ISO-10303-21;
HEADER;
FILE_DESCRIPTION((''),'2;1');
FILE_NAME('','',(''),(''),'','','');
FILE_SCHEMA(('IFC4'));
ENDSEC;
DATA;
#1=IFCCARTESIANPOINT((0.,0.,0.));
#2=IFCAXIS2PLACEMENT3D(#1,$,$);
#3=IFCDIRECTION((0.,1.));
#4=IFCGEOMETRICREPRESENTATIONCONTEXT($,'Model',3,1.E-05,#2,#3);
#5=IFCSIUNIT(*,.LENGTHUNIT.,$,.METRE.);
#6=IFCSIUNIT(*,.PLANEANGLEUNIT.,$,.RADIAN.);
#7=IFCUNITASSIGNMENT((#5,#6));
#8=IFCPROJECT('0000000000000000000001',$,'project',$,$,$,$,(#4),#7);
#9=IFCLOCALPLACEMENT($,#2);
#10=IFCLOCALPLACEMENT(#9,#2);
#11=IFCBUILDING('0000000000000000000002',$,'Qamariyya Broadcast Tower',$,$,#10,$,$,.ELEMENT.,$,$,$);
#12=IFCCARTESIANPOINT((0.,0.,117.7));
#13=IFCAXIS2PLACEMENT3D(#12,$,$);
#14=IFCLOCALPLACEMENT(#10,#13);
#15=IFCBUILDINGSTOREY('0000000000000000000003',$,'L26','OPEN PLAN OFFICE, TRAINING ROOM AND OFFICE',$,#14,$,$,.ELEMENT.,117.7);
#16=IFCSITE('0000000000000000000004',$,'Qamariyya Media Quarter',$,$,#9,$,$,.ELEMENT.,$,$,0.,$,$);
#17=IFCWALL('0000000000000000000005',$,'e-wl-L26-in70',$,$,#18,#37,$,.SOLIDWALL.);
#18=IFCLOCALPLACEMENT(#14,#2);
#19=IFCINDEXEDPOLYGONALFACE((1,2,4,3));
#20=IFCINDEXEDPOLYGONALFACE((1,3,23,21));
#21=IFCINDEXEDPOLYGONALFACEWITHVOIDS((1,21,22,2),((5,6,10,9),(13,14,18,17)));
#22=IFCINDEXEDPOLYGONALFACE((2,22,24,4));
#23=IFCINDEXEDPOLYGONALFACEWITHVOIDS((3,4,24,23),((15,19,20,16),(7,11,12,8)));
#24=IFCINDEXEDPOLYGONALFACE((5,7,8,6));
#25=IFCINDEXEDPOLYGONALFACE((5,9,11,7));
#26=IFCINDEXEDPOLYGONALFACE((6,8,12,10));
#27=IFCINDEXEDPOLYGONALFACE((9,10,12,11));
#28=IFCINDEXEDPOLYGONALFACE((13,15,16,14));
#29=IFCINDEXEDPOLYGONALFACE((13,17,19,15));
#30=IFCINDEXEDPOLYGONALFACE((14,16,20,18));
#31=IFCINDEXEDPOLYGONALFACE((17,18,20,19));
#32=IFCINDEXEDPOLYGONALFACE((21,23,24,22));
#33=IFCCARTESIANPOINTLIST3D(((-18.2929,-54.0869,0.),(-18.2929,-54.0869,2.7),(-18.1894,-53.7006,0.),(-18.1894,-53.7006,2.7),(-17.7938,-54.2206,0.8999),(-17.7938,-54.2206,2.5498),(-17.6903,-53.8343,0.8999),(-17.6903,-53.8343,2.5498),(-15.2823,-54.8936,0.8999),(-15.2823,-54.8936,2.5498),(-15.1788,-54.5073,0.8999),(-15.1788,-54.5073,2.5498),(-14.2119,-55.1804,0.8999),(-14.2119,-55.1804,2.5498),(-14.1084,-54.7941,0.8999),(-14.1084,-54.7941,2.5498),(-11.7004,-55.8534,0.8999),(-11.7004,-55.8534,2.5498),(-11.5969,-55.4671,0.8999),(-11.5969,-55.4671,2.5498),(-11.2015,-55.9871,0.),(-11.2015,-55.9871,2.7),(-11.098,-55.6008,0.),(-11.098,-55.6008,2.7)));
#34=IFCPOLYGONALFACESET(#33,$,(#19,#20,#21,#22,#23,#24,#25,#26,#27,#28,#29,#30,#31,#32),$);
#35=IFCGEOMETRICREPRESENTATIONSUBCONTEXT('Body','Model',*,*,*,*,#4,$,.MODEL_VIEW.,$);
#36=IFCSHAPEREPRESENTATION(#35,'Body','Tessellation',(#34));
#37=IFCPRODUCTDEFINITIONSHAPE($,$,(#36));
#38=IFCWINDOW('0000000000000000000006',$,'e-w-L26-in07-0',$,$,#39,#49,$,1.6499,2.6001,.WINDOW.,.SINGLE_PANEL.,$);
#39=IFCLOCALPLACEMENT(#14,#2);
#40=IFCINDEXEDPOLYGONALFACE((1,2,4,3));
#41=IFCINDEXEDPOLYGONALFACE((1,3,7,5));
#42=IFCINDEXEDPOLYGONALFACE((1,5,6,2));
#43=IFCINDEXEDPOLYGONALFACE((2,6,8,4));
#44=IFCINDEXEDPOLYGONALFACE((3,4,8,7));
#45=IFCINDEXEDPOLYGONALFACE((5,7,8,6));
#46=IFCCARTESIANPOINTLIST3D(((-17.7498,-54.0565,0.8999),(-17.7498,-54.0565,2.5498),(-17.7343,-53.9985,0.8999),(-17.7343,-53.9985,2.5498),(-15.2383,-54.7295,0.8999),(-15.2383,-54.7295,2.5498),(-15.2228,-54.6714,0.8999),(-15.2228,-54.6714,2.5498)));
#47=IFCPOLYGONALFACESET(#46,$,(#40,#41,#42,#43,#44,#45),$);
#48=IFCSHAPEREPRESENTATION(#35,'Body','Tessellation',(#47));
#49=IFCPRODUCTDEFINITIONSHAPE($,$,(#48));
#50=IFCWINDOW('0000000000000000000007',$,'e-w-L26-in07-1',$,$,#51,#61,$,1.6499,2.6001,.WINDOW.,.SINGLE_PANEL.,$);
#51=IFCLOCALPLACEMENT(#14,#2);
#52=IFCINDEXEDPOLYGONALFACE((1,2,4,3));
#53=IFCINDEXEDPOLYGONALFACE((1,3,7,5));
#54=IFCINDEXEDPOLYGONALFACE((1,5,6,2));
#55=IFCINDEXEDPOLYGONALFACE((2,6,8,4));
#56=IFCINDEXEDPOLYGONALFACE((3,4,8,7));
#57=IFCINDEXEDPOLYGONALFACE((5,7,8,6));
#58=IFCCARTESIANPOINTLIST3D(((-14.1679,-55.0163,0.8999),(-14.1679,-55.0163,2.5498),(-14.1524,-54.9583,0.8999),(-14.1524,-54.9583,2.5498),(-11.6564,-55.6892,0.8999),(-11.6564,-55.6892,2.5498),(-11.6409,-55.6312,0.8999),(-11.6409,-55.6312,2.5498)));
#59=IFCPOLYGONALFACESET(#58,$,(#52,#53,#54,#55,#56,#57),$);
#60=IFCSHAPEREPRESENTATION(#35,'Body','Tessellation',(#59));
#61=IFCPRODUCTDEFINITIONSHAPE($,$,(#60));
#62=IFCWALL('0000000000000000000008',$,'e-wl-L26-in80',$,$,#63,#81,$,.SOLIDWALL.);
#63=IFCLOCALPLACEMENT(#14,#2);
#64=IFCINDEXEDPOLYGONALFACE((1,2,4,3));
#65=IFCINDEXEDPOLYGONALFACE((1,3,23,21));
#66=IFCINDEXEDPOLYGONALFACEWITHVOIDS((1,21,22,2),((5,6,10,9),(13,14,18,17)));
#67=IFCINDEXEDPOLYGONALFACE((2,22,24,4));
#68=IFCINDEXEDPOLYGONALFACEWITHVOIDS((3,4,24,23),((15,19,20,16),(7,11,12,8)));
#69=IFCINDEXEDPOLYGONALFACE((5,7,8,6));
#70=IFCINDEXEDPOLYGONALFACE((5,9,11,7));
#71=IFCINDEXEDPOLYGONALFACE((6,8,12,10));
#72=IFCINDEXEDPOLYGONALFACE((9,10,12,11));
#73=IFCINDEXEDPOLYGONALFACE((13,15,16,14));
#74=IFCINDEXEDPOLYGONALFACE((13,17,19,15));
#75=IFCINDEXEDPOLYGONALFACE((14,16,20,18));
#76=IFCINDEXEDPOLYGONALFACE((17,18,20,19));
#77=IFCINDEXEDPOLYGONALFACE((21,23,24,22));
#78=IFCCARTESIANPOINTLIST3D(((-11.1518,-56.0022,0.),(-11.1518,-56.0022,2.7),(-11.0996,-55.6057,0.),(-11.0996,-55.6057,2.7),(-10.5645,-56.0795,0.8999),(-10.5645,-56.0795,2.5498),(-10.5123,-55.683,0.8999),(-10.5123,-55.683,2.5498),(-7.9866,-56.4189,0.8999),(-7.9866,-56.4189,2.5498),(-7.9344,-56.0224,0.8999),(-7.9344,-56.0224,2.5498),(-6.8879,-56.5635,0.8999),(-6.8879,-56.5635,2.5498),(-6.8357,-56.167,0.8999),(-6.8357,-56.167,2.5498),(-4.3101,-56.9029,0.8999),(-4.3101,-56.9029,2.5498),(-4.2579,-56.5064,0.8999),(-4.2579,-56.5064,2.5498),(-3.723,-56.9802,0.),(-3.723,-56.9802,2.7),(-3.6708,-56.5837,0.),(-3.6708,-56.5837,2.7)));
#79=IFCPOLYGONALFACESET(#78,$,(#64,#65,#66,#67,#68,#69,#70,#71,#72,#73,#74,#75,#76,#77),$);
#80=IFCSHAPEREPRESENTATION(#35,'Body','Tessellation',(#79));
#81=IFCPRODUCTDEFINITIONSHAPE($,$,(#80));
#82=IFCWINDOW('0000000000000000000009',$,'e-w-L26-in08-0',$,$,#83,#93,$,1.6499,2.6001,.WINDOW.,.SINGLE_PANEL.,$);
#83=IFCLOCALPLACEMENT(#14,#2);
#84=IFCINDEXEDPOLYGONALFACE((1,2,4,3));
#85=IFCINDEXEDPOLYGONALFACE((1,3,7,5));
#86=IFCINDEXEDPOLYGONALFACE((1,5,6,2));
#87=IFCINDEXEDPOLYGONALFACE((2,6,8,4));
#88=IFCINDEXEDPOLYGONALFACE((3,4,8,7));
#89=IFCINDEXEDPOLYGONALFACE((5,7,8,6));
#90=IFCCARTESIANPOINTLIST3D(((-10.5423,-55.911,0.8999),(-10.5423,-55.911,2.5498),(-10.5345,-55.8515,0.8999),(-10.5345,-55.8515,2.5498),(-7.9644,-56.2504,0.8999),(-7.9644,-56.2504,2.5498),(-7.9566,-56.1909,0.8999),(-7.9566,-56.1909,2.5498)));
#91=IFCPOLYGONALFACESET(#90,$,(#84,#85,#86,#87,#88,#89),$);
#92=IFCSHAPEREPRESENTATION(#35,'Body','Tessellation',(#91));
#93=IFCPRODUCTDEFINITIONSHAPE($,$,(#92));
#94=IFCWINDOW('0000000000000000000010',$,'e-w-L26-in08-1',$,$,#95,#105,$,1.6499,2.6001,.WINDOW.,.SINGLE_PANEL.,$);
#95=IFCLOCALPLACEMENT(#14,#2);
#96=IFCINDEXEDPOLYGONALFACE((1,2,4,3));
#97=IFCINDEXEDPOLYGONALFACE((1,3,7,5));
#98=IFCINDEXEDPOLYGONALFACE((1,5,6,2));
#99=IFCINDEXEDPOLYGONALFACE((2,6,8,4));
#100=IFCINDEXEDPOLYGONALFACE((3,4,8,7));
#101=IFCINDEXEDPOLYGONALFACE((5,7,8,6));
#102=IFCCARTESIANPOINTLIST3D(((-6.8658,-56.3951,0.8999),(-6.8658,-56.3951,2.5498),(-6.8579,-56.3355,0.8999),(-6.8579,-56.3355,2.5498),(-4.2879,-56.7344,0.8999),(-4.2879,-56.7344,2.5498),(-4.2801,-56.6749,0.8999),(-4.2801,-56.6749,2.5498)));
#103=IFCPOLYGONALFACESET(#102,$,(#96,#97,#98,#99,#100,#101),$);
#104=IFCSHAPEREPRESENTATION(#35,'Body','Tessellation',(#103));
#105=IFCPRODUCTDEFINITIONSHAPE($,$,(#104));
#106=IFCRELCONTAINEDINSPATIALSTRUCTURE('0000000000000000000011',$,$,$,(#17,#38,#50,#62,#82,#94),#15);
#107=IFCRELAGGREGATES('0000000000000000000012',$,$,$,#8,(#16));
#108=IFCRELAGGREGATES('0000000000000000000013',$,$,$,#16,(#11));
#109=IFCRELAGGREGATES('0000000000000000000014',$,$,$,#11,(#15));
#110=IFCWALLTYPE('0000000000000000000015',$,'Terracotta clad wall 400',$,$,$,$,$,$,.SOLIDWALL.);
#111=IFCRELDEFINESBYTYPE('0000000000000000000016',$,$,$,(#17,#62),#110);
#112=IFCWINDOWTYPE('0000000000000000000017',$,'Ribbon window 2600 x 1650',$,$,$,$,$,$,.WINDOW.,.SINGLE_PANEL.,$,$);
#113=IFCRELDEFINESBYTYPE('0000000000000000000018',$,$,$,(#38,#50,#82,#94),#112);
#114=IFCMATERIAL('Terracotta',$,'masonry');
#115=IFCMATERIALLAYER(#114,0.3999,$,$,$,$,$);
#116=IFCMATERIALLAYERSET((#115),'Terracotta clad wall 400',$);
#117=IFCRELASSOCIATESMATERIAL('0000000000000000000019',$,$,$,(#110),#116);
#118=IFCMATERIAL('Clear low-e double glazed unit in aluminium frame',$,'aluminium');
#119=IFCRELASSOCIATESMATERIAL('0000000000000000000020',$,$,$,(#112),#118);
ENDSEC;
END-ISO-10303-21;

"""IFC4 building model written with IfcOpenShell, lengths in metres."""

from ifc_helpers import new_model, si_unit, direction, frame, frame_2d, origin, place, context, subcontext, project, spatial, rectangle, extrude, material, layer, layer_set, type_object, element, fill, save


model = new_model("IFC4")

# Units and contexts
model_context = context("Model", 3, precision=1e-05, world=origin(), true_north=direction((0.0, 1.0)))
body_context = subcontext(model_context, "Body", "Model", "MODEL_VIEW")
ifc_project = project(units=[si_unit("LENGTHUNIT", "METRE"), si_unit("PLANEANGLEUNIT", "RADIAN")], contexts=[model_context])

# Site, building, storey
site_placement = place(None, origin())
site = spatial("IfcSite", under=ifc_project, at=site_placement, Name="Qamariyya Media Quarter", CompositionType="ELEMENT", RefElevation=0.0)
building_placement = place(site_placement, origin())
building = spatial("IfcBuilding", under=site, at=building_placement, Name="Qamariyya Broadcast Tower", CompositionType="ELEMENT")
storey_placement = place(building_placement, frame((0.0, 0.0, 117.7)))
storey = spatial("IfcBuildingStorey", under=building, at=storey_placement, Name="L26", Description="OPEN PLAN OFFICE, TRAINING ROOM AND OFFICE", CompositionType="ELEMENT", Elevation=117.7)

# Walls, openings, windows
ifc_material_1 = material(Name="Terracotta", Category="masonry")
ifc_layer_1 = layer(ifc_material_1, 0.3999)
ifc_layer_set_1 = layer_set([ifc_layer_1], Name="Terracotta clad wall 400")
wall_type_1 = type_object("IfcWallType", Name="Terracotta clad wall 400", PredefinedType="SOLIDWALL", material=ifc_layer_set_1)
wall_1_placement = place(storey_placement, frame((-11.1497, -55.7939, 0.0), z_axis=(0.0, 0.0, 1.0), x_axis=(-0.965925, 0.258824, 0.0)))
wall_1 = element("IfcWall", 1, at=wall_1_placement, inside=storey, type_object=wall_type_1, Name="e-wl-L26-in70", PredefinedType="SOLIDWALL", context=body_context, shape_type="SweptSolid", body=[
    extrude(rectangle(XDim=7.3416, YDim=0.3999, at=frame_2d((3.6709, 0.0))), origin(), (0.0, 0.0, 1.0), 2.7),
])
opening_1_placement = place(wall_1_placement, frame((4.2249, 0.0, 0.8999)))
opening_1 = element("IfcOpeningElement", 2, at=opening_1_placement, cuts=wall_1, PredefinedType="OPENING", context=body_context, shape_type="SweptSolid", body=[
    extrude(rectangle(XDim=2.6001, YDim=1.6499, at=frame_2d((1.3, 0.825))), frame((0.0, 0.21, 0.0), z_axis=(0.0, -1.0, 0.0), x_axis=(1.0, 0.0, 0.0)), (0.0, 0.0, 1.0), 0.4199),
])
opening_2_placement = place(wall_1_placement, frame((0.5166, 0.0, 0.8999)))
opening_2 = element("IfcOpeningElement", 3, at=opening_2_placement, cuts=wall_1, PredefinedType="OPENING", context=body_context, shape_type="SweptSolid", body=[
    extrude(rectangle(XDim=2.6001, YDim=1.6499, at=frame_2d((1.3, 0.825))), frame((0.0, 0.21, 0.0), z_axis=(0.0, -1.0, 0.0), x_axis=(1.0, 0.0, 0.0)), (0.0, 0.0, 1.0), 0.4199),
])
ifc_material_2 = material(Name="Clear low-e double glazed unit in aluminium frame", Category="aluminium")
window_type = type_object("IfcWindowType", Name="Ribbon window 2600 x 1650", PartitioningType="SINGLE_PANEL", PredefinedType="WINDOW", material=ifc_material_2)
window_1_placement = place(opening_1_placement, origin())
window_1 = element("IfcWindow", 4, at=window_1_placement, inside=storey, type_object=window_type, Name="e-w-L26-in07-0", OverallHeight=1.6499, OverallWidth=2.6001, PartitioningType="SINGLE_PANEL", PredefinedType="WINDOW", context=body_context, shape_type="SweptSolid", body=[
    extrude(rectangle(XDim=2.6001, YDim=1.6499, at=frame_2d((1.3, 0.825))), frame((0.0, 0.03, 0.0), z_axis=(0.0, -1.0, 0.0), x_axis=(1.0, 0.0, 0.0)), (0.0, 0.0, 1.0), 0.0601),
])
fill(opening_1, window_1)
window_2_placement = place(opening_2_placement, origin())
window_2 = element("IfcWindow", 5, at=window_2_placement, inside=storey, type_object=window_type, Name="e-w-L26-in07-1", OverallHeight=1.6499, OverallWidth=2.6001, PartitioningType="SINGLE_PANEL", PredefinedType="WINDOW", context=body_context, shape_type="SweptSolid", body=[
    extrude(rectangle(XDim=2.6001, YDim=1.6499, at=frame_2d((1.3, 0.825))), frame((0.0, 0.03, 0.0), z_axis=(0.0, -1.0, 0.0), x_axis=(1.0, 0.0, 0.0)), (0.0, 0.0, 1.0), 0.0601),
])
fill(opening_2, window_2)
wall_2_placement = place(storey_placement, frame((-3.6968, -56.782, 0.0), z_axis=(0.0, 0.0, 1.0), x_axis=(-0.991445, 0.130529, 0.0)))
wall_2 = element("IfcWall", 6, at=wall_2_placement, inside=storey, type_object=wall_type_1, Name="e-wl-L26-in80", PredefinedType="SOLIDWALL", context=body_context, shape_type="SweptSolid", body=[
    extrude(rectangle(XDim=7.4929, YDim=0.3999, at=frame_2d((3.7466, 0.0))), origin(), (0.0, 0.0, 1.0), 2.7),
])
opening_3_placement = place(wall_2_placement, frame((4.3005, 0.0, 0.8999)))
opening_3 = element("IfcOpeningElement", 7, at=opening_3_placement, cuts=wall_2, PredefinedType="OPENING", context=body_context, shape_type="SweptSolid", body=[
    extrude(rectangle(XDim=2.6001, YDim=1.6499, at=frame_2d((1.3, 0.825))), frame((0.0, 0.21, 0.0), z_axis=(0.0, -1.0, 0.0), x_axis=(1.0, 0.0, 0.0)), (0.0, 0.0, 1.0), 0.4199),
])
opening_4_placement = place(wall_2_placement, frame((0.5923, 0.0, 0.8999)))
opening_4 = element("IfcOpeningElement", 8, at=opening_4_placement, cuts=wall_2, PredefinedType="OPENING", context=body_context, shape_type="SweptSolid", body=[
    extrude(rectangle(XDim=2.6001, YDim=1.6499, at=frame_2d((1.3, 0.825))), frame((0.0, 0.21, 0.0), z_axis=(0.0, -1.0, 0.0), x_axis=(1.0, 0.0, 0.0)), (0.0, 0.0, 1.0), 0.4199),
])
window_3_placement = place(opening_3_placement, origin())
window_3 = element("IfcWindow", 9, at=window_3_placement, inside=storey, type_object=window_type, Name="e-w-L26-in08-0", OverallHeight=1.6499, OverallWidth=2.6001, PartitioningType="SINGLE_PANEL", PredefinedType="WINDOW", context=body_context, shape_type="SweptSolid", body=[
    extrude(rectangle(XDim=2.6001, YDim=1.6499, at=frame_2d((1.3, 0.825))), frame((0.0, 0.03, 0.0), z_axis=(0.0, -1.0, 0.0), x_axis=(1.0, 0.0, 0.0)), (0.0, 0.0, 1.0), 0.0601),
])
fill(opening_3, window_3)
window_4_placement = place(opening_4_placement, origin())
window_4 = element("IfcWindow", 10, at=window_4_placement, inside=storey, type_object=window_type, Name="e-w-L26-in08-1", OverallHeight=1.6499, OverallWidth=2.6001, PartitioningType="SINGLE_PANEL", PredefinedType="WINDOW", context=body_context, shape_type="SweptSolid", body=[
    extrude(rectangle(XDim=2.6001, YDim=1.6499, at=frame_2d((1.3, 0.825))), frame((0.0, 0.03, 0.0), z_axis=(0.0, -1.0, 0.0), x_axis=(1.0, 0.0, 0.0)), (0.0, 0.0, 1.0), 0.0601),
])
fill(opening_4, window_4)

save(model, "model.ifc")
